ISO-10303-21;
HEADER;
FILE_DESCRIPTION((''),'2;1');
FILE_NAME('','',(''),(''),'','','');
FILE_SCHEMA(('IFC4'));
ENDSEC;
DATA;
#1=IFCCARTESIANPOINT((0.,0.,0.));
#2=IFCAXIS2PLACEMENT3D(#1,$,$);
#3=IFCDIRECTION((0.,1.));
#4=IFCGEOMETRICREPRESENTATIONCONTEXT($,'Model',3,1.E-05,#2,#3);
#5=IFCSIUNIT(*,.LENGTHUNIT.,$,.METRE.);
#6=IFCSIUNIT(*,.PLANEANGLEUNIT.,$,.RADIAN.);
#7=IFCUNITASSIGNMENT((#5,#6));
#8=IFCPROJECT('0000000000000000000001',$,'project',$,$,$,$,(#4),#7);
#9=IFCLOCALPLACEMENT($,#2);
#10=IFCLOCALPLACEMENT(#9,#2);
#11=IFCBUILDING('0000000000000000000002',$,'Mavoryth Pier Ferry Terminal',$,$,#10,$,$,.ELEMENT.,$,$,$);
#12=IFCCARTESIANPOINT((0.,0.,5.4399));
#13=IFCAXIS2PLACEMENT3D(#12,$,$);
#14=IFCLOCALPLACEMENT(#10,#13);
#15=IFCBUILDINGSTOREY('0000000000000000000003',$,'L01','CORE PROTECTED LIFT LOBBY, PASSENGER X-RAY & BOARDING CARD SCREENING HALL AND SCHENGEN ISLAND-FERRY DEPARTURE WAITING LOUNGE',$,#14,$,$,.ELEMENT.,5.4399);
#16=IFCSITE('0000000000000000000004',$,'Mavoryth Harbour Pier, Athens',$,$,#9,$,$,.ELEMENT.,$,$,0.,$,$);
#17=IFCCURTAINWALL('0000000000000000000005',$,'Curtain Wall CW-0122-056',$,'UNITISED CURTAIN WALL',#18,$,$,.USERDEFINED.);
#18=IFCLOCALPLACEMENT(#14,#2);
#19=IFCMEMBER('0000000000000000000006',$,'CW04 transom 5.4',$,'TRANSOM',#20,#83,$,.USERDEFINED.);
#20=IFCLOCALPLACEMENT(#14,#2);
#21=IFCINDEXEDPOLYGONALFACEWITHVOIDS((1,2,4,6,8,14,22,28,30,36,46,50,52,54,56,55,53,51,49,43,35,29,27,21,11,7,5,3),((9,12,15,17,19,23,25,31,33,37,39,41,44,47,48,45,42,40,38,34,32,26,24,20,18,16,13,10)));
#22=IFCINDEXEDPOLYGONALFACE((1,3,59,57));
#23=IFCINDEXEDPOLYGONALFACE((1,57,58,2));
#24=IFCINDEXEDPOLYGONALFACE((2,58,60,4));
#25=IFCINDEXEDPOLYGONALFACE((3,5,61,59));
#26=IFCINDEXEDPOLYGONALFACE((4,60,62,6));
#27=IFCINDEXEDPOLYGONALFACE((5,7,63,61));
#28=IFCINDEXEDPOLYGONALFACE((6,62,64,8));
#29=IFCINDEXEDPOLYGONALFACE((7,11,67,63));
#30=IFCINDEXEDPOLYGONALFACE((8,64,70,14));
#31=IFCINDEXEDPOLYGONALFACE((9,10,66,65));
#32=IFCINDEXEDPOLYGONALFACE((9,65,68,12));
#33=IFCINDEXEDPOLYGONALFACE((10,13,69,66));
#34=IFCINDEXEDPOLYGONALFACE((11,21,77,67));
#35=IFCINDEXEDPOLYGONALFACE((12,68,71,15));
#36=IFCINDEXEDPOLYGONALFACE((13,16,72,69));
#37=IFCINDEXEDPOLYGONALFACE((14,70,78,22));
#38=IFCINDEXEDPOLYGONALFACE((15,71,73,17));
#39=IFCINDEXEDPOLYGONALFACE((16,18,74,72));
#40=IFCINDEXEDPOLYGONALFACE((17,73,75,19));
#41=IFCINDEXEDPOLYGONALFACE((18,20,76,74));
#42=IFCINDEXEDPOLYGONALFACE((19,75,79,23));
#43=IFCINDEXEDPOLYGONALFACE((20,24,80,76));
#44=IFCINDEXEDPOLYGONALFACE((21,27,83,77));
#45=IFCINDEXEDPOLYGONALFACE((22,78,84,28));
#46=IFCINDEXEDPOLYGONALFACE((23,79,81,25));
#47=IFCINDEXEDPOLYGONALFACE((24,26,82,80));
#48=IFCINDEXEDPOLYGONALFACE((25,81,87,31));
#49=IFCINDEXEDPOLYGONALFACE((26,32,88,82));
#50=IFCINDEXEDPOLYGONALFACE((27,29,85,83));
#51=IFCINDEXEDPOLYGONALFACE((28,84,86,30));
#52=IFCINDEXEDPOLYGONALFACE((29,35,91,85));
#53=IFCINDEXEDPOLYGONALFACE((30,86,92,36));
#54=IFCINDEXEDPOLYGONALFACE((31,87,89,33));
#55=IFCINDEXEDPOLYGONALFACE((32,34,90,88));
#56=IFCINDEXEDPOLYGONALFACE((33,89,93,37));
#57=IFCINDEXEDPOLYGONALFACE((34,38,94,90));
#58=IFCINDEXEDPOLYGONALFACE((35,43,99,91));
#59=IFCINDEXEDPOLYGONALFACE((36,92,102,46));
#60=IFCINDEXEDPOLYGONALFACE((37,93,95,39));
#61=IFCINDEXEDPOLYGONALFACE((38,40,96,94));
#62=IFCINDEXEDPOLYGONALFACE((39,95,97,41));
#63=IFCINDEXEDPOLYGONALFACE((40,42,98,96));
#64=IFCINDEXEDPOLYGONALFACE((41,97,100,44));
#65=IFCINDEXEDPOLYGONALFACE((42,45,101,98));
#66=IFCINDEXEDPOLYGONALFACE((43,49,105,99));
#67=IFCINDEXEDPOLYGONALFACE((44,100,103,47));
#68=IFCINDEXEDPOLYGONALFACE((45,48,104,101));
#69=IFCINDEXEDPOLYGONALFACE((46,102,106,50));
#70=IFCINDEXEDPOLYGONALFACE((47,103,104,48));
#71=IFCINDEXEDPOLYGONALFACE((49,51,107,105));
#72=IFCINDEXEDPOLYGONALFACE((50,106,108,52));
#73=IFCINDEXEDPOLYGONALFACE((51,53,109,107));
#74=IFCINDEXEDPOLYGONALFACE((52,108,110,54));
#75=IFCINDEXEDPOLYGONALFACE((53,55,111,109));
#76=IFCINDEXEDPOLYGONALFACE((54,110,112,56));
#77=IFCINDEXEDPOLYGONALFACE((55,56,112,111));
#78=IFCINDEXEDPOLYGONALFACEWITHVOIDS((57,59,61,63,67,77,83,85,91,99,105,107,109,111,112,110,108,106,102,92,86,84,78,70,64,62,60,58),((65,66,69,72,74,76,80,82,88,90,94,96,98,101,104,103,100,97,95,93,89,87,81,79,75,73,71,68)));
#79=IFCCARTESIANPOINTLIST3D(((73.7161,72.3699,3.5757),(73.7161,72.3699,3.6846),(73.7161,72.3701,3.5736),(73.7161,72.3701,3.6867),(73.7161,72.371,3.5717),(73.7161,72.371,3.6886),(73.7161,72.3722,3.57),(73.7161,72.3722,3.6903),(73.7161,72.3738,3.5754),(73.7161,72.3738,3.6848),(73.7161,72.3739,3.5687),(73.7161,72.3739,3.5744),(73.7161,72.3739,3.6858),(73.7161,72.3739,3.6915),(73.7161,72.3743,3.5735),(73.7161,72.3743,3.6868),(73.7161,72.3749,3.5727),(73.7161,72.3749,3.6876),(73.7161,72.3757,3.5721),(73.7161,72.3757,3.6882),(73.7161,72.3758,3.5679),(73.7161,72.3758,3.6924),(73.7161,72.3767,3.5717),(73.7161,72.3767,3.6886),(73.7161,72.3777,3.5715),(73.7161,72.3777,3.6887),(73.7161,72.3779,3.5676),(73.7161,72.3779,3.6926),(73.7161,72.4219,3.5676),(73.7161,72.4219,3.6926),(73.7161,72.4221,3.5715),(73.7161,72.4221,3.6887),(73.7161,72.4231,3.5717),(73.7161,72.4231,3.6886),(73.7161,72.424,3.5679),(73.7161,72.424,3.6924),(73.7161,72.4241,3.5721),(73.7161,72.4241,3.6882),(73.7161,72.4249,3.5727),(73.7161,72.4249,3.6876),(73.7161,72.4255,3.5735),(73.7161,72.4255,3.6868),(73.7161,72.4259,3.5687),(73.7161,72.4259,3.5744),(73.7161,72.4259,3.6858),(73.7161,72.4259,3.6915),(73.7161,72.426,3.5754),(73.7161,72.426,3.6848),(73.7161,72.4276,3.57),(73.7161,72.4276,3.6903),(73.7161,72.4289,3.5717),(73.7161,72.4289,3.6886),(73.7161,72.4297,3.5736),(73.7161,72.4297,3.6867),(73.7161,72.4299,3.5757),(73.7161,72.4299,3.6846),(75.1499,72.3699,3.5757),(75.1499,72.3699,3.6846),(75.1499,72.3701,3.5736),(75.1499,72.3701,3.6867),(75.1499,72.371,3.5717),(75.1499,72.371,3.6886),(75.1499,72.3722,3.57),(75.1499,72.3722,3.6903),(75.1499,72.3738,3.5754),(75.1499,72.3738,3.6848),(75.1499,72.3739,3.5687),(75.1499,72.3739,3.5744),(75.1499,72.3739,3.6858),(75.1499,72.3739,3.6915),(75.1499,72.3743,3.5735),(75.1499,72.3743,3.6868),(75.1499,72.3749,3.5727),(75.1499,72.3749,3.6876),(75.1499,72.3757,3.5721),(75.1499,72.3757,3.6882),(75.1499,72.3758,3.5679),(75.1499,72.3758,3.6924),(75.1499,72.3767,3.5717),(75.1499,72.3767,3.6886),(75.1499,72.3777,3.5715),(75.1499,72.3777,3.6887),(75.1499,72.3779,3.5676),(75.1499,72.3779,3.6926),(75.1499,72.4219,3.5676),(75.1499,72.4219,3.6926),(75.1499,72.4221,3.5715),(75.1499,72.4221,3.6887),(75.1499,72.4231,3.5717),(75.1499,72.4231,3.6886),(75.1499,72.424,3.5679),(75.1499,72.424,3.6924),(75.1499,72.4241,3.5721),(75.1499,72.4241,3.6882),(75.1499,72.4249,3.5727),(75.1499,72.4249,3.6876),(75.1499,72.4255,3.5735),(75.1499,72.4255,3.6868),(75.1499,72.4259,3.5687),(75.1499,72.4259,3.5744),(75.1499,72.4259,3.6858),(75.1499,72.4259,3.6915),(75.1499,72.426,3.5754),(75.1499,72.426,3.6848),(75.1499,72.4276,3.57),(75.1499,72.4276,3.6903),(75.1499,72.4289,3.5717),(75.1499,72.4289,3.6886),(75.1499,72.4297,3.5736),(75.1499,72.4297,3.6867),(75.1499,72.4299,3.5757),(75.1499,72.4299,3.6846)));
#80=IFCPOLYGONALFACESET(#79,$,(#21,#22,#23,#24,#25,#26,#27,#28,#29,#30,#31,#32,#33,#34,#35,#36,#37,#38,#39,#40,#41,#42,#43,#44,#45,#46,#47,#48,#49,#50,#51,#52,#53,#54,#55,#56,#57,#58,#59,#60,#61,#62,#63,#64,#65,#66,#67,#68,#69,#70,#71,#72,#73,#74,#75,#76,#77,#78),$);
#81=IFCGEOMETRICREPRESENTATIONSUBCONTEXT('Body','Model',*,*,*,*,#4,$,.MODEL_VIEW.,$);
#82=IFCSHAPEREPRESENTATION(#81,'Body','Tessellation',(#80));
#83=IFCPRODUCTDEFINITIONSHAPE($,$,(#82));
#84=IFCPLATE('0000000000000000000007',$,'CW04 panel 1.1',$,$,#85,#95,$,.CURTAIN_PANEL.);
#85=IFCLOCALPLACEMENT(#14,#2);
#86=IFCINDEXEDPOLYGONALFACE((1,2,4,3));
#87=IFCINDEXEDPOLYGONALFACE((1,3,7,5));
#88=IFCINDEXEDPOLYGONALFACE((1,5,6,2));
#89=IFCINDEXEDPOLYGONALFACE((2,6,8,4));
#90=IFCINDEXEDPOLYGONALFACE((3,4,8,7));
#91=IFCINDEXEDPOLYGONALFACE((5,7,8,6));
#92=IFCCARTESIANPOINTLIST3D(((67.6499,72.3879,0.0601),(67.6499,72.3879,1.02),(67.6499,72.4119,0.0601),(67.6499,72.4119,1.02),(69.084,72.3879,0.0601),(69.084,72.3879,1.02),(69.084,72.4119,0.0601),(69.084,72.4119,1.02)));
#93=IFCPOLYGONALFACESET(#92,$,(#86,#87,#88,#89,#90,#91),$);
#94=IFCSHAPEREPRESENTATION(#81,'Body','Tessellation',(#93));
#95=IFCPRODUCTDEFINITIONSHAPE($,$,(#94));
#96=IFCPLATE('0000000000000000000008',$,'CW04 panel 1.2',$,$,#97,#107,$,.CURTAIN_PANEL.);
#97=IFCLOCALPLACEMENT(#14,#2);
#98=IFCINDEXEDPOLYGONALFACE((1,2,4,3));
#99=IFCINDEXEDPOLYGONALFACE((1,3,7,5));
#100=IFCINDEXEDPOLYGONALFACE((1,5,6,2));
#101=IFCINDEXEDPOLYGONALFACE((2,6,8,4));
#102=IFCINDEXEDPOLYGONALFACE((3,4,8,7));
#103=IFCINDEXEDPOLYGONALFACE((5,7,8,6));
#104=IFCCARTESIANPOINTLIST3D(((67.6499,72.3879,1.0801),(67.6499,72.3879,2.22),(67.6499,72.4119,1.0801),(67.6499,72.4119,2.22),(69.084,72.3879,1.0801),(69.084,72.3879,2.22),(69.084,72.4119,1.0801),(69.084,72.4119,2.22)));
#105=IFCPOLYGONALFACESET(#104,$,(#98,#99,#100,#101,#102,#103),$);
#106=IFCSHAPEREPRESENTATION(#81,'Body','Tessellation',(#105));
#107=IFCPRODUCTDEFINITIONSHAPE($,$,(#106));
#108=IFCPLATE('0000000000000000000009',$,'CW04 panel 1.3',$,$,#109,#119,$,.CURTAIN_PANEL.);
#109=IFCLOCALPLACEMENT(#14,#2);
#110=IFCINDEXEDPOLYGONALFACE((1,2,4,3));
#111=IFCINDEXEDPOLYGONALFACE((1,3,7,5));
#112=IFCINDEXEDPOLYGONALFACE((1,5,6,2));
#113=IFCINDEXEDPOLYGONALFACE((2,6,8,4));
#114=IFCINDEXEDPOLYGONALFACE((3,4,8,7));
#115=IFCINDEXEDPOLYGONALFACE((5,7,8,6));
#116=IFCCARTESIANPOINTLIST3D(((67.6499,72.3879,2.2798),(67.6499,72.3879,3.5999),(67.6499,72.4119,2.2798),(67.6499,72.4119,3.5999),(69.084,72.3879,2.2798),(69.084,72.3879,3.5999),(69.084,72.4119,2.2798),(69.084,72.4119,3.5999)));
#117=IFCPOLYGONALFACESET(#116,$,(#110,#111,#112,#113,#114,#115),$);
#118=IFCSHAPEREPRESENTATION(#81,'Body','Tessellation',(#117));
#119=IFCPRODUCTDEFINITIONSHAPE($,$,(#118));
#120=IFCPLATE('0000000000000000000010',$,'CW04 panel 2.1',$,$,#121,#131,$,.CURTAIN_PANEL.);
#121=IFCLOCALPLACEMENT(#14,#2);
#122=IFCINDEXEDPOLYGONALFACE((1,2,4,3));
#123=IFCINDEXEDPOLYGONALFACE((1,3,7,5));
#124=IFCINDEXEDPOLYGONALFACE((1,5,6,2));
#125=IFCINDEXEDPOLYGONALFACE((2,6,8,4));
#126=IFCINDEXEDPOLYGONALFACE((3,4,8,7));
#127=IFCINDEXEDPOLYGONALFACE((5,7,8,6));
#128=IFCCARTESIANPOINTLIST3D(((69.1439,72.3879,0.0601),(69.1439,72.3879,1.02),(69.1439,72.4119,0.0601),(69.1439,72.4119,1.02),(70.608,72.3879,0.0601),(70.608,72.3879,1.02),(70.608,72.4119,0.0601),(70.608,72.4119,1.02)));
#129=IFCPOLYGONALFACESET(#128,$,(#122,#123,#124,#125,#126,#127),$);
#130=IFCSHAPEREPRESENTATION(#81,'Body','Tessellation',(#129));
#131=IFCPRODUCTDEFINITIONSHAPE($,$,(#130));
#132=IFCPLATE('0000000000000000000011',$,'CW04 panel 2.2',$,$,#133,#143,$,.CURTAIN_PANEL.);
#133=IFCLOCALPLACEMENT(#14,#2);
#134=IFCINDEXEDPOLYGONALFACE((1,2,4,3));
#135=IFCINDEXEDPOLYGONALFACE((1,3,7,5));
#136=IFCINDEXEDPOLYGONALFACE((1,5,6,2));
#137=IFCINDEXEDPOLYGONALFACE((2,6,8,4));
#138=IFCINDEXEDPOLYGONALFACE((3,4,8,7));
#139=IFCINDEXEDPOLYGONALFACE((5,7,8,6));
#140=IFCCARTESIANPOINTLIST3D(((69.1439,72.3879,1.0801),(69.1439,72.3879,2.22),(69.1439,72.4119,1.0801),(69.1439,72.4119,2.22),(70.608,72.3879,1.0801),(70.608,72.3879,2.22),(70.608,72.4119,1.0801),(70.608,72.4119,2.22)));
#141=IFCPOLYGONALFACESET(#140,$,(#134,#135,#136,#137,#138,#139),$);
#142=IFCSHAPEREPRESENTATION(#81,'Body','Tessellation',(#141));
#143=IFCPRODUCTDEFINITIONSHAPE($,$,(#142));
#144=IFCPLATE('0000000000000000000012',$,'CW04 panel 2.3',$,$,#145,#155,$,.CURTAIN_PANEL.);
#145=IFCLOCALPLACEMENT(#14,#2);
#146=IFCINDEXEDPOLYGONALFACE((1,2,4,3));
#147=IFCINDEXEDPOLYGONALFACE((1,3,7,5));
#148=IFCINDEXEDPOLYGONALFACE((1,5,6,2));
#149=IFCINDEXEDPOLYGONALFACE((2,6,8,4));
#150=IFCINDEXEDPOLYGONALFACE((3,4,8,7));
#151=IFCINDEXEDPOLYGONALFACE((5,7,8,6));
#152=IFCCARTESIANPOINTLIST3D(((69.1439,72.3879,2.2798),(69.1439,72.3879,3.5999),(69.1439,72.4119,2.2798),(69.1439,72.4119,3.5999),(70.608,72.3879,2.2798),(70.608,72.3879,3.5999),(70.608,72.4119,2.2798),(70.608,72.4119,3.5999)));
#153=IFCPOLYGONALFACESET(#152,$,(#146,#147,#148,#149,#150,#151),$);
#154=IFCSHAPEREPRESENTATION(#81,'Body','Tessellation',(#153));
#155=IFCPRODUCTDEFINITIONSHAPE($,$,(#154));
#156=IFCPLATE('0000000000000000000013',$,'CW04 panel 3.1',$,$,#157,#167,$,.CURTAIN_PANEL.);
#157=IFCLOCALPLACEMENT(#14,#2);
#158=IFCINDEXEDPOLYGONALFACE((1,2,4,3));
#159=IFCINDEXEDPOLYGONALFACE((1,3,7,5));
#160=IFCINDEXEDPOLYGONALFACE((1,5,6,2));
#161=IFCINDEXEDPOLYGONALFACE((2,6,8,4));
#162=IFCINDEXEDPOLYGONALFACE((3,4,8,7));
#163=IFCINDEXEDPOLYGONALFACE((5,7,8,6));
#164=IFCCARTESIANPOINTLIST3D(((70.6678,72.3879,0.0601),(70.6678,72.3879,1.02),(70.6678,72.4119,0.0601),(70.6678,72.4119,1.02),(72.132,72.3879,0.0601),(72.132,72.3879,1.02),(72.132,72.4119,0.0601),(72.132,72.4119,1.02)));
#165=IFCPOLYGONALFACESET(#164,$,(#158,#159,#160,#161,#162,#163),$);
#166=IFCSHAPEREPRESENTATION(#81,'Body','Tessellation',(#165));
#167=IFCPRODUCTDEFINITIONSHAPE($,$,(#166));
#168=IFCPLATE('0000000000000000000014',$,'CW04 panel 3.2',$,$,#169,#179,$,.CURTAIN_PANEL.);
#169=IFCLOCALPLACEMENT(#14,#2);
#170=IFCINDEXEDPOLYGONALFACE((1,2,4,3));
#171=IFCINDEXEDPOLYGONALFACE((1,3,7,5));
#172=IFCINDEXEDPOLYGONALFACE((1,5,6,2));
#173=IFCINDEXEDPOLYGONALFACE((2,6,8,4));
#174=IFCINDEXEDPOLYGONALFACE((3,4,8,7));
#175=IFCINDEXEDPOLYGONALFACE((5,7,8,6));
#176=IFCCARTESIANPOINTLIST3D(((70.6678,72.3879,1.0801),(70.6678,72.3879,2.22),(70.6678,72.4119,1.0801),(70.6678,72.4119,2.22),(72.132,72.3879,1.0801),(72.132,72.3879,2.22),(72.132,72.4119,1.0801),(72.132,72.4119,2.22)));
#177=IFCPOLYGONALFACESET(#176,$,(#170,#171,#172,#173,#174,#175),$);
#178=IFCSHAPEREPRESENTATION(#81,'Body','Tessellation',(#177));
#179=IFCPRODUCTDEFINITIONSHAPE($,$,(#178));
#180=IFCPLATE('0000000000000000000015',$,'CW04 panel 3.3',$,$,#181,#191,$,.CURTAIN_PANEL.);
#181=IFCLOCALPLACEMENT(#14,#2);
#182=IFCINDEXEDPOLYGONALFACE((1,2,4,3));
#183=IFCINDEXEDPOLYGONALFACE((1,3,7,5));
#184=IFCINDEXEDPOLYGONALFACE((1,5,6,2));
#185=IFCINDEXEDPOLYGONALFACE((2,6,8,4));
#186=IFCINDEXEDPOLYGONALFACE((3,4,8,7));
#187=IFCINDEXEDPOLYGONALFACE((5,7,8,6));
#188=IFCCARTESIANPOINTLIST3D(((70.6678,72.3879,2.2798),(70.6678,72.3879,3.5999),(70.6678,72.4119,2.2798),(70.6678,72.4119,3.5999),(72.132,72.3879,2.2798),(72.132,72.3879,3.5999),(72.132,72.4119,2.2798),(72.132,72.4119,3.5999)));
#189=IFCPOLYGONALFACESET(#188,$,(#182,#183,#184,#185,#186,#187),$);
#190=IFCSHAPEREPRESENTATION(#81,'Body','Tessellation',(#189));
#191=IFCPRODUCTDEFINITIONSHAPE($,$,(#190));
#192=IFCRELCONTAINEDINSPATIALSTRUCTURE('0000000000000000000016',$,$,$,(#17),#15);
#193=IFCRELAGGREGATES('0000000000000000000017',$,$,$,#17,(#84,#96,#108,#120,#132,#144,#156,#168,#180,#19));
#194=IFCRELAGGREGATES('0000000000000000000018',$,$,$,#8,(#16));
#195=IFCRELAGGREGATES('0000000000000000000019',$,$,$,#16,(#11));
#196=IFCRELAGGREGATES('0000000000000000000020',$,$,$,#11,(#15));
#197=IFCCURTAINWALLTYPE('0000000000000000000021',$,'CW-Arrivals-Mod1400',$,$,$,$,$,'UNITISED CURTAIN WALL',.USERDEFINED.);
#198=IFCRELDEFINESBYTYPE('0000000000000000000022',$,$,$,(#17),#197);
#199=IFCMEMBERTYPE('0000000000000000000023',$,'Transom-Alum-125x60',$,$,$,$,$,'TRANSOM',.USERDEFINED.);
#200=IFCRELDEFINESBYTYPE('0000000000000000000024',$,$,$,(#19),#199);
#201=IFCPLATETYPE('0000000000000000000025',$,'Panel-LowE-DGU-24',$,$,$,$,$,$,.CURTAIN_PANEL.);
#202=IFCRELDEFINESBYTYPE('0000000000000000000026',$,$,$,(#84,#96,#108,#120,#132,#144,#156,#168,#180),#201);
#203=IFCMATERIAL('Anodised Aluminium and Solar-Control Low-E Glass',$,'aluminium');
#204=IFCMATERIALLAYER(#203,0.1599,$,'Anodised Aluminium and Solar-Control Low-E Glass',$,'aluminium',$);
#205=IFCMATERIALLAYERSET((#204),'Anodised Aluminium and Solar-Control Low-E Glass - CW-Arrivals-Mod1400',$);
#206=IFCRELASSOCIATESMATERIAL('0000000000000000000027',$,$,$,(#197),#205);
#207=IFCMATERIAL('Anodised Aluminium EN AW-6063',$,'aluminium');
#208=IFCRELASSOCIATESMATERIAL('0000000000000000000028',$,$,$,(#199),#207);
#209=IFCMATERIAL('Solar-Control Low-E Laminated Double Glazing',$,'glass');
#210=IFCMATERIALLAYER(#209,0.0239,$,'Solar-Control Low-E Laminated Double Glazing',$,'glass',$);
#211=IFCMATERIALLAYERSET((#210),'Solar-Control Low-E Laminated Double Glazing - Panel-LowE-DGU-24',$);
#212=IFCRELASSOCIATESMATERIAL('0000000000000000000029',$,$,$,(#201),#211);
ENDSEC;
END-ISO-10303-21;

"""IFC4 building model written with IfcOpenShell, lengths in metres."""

from ifc_helpers import new_model, si_unit, direction, frame, origin, origin_2d, place, context, subcontext, project, spatial, rectangle, hollow_rectangle, extrude, material, layer, layer_set, material_profile, profile_set, type_object, element, aggregate, save


model = new_model("IFC4")

# Units and contexts
model_context = context("Model", 3, precision=1e-05, world=origin(), true_north=direction((0.0, 1.0)))
body_context = subcontext(model_context, "Body", "Model", "MODEL_VIEW")
ifc_project = project(units=[si_unit("LENGTHUNIT", "METRE"), si_unit("PLANEANGLEUNIT", "RADIAN")], contexts=[model_context])

# Site, building, storey
site_placement = place(None, origin())
site = spatial("IfcSite", under=ifc_project, at=site_placement, Name="Mavoryth Harbour Pier, Athens", CompositionType="ELEMENT", RefElevation=0.0)
building_placement = place(site_placement, origin())
building = spatial("IfcBuilding", under=site, at=building_placement, Name="Mavoryth Pier Ferry Terminal", CompositionType="ELEMENT")
storey_placement = place(building_placement, frame((0.0, 0.0, 5.4399)))
storey = spatial("IfcBuildingStorey", under=building, at=storey_placement, Name="L01", Description="CORE PROTECTED LIFT LOBBY, PASSENGER X-RAY & BOARDING CARD SCREENING HALL AND SCHENGEN ISLAND-FERRY DEPARTURE WAITING LOUNGE", CompositionType="ELEMENT", Elevation=5.4399)

# Curtain wall, member, plates
ifc_material_1 = material(Name="Anodised Aluminium and Solar-Control Low-E Glass", Category="aluminium")
ifc_layer_1 = layer(ifc_material_1, 0.1599, Name="Anodised Aluminium and Solar-Control Low-E Glass", Category="aluminium")
ifc_layer_set_1 = layer_set([ifc_layer_1], Name="Anodised Aluminium and Solar-Control Low-E Glass - CW-Arrivals-Mod1400")
curtain_wall_type = type_object("IfcCurtainWallType", Name="CW-Arrivals-Mod1400", ElementType="UNITISED CURTAIN WALL", PredefinedType="USERDEFINED", material=ifc_layer_set_1)
curtain_wall_placement = place(storey_placement, origin())
curtain_wall = element("IfcCurtainWall", 1, at=curtain_wall_placement, inside=storey, type_object=curtain_wall_type, Name="Curtain Wall CW-0122-056", ObjectType="UNITISED CURTAIN WALL", PredefinedType="USERDEFINED")
ifc_material_2 = material(Name="Anodised Aluminium EN AW-6063", Category="aluminium")
ifc_material_profile_1 = material_profile(ifc_material_2, hollow_rectangle(XDim=0.0601, YDim=0.125, WallThickness=0.0039, InnerFilletRadius=0.0039, OuterFilletRadius=0.0081, at=origin_2d()), Name="AL-TRAN 125x60x4", Category="aluminium")
ifc_profile_set_1 = profile_set([ifc_material_profile_1], Name="Anodised Aluminium EN AW-6063 - AL-TRAN 125x60x4")
member_type_1 = type_object("IfcMemberType", Name="Transom-Alum-125x60", ElementType="TRANSOM", PredefinedType="USERDEFINED", material=ifc_profile_set_1)
member_1_placement = place(storey_placement, frame((73.7161, 72.3999, 3.6301), z_axis=(1.0, 0.0, 0.0), x_axis=(0.0, 1.0, 0.0)))
member_1 = element("IfcMember", 2, at=member_1_placement, type_object=member_type_1, Name="CW04 transom 5.4", ObjectType="TRANSOM", PredefinedType="USERDEFINED", context=body_context, shape_type="SweptSolid", body=[
    extrude(hollow_rectangle(XDim=0.0601, YDim=0.125, WallThickness=0.0039, InnerFilletRadius=0.0039, OuterFilletRadius=0.0081, at=origin_2d()), origin(), (0.0, 0.0, 1.0), 1.4338),
])
ifc_material_3 = material(Name="Solar-Control Low-E Laminated Double Glazing", Category="glass")
ifc_layer_2 = layer(ifc_material_3, 0.0239, Name="Solar-Control Low-E Laminated Double Glazing", Category="glass")
ifc_layer_set_2 = layer_set([ifc_layer_2], Name="Solar-Control Low-E Laminated Double Glazing - Panel-LowE-DGU-24")
plate_type = type_object("IfcPlateType", Name="Panel-LowE-DGU-24", PredefinedType="CURTAIN_PANEL", material=ifc_layer_set_2)
plate_1_placement = place(storey_placement, frame((68.3669, 72.3999, 0.0601), z_axis=(0.0, 0.0, 1.0), x_axis=(1.0, 0.0, 0.0)))
plate_1 = element("IfcPlate", 3, at=plate_1_placement, type_object=plate_type, Name="CW04 panel 1.1", PredefinedType="CURTAIN_PANEL", context=body_context, shape_type="SweptSolid", body=[
    extrude(rectangle(XDim=1.4341, YDim=0.0239, at=origin_2d()), origin(), (0.0, 0.0, 1.0), 0.96),
])
plate_2_placement = place(storey_placement, frame((68.3669, 72.3999, 1.0801), z_axis=(0.0, 0.0, 1.0), x_axis=(1.0, 0.0, 0.0)))
plate_2 = element("IfcPlate", 4, at=plate_2_placement, type_object=plate_type, Name="CW04 panel 1.2", PredefinedType="CURTAIN_PANEL", context=body_context, shape_type="SweptSolid", body=[
    extrude(rectangle(XDim=1.4341, YDim=0.0239, at=origin_2d()), origin(), (0.0, 0.0, 1.0), 1.1399),
])
plate_3_placement = place(storey_placement, frame((68.3669, 72.3999, 2.2798), z_axis=(0.0, 0.0, 1.0), x_axis=(1.0, 0.0, 0.0)))
plate_3 = element("IfcPlate", 5, at=plate_3_placement, type_object=plate_type, Name="CW04 panel 1.3", PredefinedType="CURTAIN_PANEL", context=body_context, shape_type="SweptSolid", body=[
    extrude(rectangle(XDim=1.4341, YDim=0.0239, at=origin_2d()), origin(), (0.0, 0.0, 1.0), 1.3201),
])
plate_4_placement = place(storey_placement, frame((69.876, 72.3999, 0.0601), z_axis=(0.0, 0.0, 1.0), x_axis=(1.0, 0.0, 0.0)))
plate_4 = element("IfcPlate", 6, at=plate_4_placement, type_object=plate_type, Name="CW04 panel 2.1", PredefinedType="CURTAIN_PANEL", context=body_context, shape_type="SweptSolid", body=[
    extrude(rectangle(XDim=1.4641, YDim=0.0239, at=origin_2d()), origin(), (0.0, 0.0, 1.0), 0.96),
])
plate_5_placement = place(storey_placement, frame((69.876, 72.3999, 1.0801), z_axis=(0.0, 0.0, 1.0), x_axis=(1.0, 0.0, 0.0)))
plate_5 = element("IfcPlate", 7, at=plate_5_placement, type_object=plate_type, Name="CW04 panel 2.2", PredefinedType="CURTAIN_PANEL", context=body_context, shape_type="SweptSolid", body=[
    extrude(rectangle(XDim=1.4641, YDim=0.0239, at=origin_2d()), origin(), (0.0, 0.0, 1.0), 1.1399),
])
plate_6_placement = place(storey_placement, frame((69.876, 72.3999, 2.2798), z_axis=(0.0, 0.0, 1.0), x_axis=(1.0, 0.0, 0.0)))
plate_6 = element("IfcPlate", 8, at=plate_6_placement, type_object=plate_type, Name="CW04 panel 2.3", PredefinedType="CURTAIN_PANEL", context=body_context, shape_type="SweptSolid", body=[
    extrude(rectangle(XDim=1.4641, YDim=0.0239, at=origin_2d()), origin(), (0.0, 0.0, 1.0), 1.3201),
])
plate_7_placement = place(storey_placement, frame((71.3999, 72.3999, 0.0601), z_axis=(0.0, 0.0, 1.0), x_axis=(1.0, 0.0, 0.0)))
plate_7 = element("IfcPlate", 9, at=plate_7_placement, type_object=plate_type, Name="CW04 panel 3.1", PredefinedType="CURTAIN_PANEL", context=body_context, shape_type="SweptSolid", body=[
    extrude(rectangle(XDim=1.4641, YDim=0.0239, at=origin_2d()), origin(), (0.0, 0.0, 1.0), 0.96),
])
plate_8_placement = place(storey_placement, frame((71.3999, 72.3999, 1.0801), z_axis=(0.0, 0.0, 1.0), x_axis=(1.0, 0.0, 0.0)))
plate_8 = element("IfcPlate", 10, at=plate_8_placement, type_object=plate_type, Name="CW04 panel 3.2", PredefinedType="CURTAIN_PANEL", context=body_context, shape_type="SweptSolid", body=[
    extrude(rectangle(XDim=1.4641, YDim=0.0239, at=origin_2d()), origin(), (0.0, 0.0, 1.0), 1.1399),
])
plate_9_placement = place(storey_placement, frame((71.3999, 72.3999, 2.2798), z_axis=(0.0, 0.0, 1.0), x_axis=(1.0, 0.0, 0.0)))
plate_9 = element("IfcPlate", 11, at=plate_9_placement, type_object=plate_type, Name="CW04 panel 3.3", PredefinedType="CURTAIN_PANEL", context=body_context, shape_type="SweptSolid", body=[
    extrude(rectangle(XDim=1.4641, YDim=0.0239, at=origin_2d()), origin(), (0.0, 0.0, 1.0), 1.3201),
])
aggregate(curtain_wall, [plate_1, plate_2, plate_3, plate_4, plate_5, plate_6, plate_7, plate_8, plate_9, member_1])

save(model, "model.ifc")
